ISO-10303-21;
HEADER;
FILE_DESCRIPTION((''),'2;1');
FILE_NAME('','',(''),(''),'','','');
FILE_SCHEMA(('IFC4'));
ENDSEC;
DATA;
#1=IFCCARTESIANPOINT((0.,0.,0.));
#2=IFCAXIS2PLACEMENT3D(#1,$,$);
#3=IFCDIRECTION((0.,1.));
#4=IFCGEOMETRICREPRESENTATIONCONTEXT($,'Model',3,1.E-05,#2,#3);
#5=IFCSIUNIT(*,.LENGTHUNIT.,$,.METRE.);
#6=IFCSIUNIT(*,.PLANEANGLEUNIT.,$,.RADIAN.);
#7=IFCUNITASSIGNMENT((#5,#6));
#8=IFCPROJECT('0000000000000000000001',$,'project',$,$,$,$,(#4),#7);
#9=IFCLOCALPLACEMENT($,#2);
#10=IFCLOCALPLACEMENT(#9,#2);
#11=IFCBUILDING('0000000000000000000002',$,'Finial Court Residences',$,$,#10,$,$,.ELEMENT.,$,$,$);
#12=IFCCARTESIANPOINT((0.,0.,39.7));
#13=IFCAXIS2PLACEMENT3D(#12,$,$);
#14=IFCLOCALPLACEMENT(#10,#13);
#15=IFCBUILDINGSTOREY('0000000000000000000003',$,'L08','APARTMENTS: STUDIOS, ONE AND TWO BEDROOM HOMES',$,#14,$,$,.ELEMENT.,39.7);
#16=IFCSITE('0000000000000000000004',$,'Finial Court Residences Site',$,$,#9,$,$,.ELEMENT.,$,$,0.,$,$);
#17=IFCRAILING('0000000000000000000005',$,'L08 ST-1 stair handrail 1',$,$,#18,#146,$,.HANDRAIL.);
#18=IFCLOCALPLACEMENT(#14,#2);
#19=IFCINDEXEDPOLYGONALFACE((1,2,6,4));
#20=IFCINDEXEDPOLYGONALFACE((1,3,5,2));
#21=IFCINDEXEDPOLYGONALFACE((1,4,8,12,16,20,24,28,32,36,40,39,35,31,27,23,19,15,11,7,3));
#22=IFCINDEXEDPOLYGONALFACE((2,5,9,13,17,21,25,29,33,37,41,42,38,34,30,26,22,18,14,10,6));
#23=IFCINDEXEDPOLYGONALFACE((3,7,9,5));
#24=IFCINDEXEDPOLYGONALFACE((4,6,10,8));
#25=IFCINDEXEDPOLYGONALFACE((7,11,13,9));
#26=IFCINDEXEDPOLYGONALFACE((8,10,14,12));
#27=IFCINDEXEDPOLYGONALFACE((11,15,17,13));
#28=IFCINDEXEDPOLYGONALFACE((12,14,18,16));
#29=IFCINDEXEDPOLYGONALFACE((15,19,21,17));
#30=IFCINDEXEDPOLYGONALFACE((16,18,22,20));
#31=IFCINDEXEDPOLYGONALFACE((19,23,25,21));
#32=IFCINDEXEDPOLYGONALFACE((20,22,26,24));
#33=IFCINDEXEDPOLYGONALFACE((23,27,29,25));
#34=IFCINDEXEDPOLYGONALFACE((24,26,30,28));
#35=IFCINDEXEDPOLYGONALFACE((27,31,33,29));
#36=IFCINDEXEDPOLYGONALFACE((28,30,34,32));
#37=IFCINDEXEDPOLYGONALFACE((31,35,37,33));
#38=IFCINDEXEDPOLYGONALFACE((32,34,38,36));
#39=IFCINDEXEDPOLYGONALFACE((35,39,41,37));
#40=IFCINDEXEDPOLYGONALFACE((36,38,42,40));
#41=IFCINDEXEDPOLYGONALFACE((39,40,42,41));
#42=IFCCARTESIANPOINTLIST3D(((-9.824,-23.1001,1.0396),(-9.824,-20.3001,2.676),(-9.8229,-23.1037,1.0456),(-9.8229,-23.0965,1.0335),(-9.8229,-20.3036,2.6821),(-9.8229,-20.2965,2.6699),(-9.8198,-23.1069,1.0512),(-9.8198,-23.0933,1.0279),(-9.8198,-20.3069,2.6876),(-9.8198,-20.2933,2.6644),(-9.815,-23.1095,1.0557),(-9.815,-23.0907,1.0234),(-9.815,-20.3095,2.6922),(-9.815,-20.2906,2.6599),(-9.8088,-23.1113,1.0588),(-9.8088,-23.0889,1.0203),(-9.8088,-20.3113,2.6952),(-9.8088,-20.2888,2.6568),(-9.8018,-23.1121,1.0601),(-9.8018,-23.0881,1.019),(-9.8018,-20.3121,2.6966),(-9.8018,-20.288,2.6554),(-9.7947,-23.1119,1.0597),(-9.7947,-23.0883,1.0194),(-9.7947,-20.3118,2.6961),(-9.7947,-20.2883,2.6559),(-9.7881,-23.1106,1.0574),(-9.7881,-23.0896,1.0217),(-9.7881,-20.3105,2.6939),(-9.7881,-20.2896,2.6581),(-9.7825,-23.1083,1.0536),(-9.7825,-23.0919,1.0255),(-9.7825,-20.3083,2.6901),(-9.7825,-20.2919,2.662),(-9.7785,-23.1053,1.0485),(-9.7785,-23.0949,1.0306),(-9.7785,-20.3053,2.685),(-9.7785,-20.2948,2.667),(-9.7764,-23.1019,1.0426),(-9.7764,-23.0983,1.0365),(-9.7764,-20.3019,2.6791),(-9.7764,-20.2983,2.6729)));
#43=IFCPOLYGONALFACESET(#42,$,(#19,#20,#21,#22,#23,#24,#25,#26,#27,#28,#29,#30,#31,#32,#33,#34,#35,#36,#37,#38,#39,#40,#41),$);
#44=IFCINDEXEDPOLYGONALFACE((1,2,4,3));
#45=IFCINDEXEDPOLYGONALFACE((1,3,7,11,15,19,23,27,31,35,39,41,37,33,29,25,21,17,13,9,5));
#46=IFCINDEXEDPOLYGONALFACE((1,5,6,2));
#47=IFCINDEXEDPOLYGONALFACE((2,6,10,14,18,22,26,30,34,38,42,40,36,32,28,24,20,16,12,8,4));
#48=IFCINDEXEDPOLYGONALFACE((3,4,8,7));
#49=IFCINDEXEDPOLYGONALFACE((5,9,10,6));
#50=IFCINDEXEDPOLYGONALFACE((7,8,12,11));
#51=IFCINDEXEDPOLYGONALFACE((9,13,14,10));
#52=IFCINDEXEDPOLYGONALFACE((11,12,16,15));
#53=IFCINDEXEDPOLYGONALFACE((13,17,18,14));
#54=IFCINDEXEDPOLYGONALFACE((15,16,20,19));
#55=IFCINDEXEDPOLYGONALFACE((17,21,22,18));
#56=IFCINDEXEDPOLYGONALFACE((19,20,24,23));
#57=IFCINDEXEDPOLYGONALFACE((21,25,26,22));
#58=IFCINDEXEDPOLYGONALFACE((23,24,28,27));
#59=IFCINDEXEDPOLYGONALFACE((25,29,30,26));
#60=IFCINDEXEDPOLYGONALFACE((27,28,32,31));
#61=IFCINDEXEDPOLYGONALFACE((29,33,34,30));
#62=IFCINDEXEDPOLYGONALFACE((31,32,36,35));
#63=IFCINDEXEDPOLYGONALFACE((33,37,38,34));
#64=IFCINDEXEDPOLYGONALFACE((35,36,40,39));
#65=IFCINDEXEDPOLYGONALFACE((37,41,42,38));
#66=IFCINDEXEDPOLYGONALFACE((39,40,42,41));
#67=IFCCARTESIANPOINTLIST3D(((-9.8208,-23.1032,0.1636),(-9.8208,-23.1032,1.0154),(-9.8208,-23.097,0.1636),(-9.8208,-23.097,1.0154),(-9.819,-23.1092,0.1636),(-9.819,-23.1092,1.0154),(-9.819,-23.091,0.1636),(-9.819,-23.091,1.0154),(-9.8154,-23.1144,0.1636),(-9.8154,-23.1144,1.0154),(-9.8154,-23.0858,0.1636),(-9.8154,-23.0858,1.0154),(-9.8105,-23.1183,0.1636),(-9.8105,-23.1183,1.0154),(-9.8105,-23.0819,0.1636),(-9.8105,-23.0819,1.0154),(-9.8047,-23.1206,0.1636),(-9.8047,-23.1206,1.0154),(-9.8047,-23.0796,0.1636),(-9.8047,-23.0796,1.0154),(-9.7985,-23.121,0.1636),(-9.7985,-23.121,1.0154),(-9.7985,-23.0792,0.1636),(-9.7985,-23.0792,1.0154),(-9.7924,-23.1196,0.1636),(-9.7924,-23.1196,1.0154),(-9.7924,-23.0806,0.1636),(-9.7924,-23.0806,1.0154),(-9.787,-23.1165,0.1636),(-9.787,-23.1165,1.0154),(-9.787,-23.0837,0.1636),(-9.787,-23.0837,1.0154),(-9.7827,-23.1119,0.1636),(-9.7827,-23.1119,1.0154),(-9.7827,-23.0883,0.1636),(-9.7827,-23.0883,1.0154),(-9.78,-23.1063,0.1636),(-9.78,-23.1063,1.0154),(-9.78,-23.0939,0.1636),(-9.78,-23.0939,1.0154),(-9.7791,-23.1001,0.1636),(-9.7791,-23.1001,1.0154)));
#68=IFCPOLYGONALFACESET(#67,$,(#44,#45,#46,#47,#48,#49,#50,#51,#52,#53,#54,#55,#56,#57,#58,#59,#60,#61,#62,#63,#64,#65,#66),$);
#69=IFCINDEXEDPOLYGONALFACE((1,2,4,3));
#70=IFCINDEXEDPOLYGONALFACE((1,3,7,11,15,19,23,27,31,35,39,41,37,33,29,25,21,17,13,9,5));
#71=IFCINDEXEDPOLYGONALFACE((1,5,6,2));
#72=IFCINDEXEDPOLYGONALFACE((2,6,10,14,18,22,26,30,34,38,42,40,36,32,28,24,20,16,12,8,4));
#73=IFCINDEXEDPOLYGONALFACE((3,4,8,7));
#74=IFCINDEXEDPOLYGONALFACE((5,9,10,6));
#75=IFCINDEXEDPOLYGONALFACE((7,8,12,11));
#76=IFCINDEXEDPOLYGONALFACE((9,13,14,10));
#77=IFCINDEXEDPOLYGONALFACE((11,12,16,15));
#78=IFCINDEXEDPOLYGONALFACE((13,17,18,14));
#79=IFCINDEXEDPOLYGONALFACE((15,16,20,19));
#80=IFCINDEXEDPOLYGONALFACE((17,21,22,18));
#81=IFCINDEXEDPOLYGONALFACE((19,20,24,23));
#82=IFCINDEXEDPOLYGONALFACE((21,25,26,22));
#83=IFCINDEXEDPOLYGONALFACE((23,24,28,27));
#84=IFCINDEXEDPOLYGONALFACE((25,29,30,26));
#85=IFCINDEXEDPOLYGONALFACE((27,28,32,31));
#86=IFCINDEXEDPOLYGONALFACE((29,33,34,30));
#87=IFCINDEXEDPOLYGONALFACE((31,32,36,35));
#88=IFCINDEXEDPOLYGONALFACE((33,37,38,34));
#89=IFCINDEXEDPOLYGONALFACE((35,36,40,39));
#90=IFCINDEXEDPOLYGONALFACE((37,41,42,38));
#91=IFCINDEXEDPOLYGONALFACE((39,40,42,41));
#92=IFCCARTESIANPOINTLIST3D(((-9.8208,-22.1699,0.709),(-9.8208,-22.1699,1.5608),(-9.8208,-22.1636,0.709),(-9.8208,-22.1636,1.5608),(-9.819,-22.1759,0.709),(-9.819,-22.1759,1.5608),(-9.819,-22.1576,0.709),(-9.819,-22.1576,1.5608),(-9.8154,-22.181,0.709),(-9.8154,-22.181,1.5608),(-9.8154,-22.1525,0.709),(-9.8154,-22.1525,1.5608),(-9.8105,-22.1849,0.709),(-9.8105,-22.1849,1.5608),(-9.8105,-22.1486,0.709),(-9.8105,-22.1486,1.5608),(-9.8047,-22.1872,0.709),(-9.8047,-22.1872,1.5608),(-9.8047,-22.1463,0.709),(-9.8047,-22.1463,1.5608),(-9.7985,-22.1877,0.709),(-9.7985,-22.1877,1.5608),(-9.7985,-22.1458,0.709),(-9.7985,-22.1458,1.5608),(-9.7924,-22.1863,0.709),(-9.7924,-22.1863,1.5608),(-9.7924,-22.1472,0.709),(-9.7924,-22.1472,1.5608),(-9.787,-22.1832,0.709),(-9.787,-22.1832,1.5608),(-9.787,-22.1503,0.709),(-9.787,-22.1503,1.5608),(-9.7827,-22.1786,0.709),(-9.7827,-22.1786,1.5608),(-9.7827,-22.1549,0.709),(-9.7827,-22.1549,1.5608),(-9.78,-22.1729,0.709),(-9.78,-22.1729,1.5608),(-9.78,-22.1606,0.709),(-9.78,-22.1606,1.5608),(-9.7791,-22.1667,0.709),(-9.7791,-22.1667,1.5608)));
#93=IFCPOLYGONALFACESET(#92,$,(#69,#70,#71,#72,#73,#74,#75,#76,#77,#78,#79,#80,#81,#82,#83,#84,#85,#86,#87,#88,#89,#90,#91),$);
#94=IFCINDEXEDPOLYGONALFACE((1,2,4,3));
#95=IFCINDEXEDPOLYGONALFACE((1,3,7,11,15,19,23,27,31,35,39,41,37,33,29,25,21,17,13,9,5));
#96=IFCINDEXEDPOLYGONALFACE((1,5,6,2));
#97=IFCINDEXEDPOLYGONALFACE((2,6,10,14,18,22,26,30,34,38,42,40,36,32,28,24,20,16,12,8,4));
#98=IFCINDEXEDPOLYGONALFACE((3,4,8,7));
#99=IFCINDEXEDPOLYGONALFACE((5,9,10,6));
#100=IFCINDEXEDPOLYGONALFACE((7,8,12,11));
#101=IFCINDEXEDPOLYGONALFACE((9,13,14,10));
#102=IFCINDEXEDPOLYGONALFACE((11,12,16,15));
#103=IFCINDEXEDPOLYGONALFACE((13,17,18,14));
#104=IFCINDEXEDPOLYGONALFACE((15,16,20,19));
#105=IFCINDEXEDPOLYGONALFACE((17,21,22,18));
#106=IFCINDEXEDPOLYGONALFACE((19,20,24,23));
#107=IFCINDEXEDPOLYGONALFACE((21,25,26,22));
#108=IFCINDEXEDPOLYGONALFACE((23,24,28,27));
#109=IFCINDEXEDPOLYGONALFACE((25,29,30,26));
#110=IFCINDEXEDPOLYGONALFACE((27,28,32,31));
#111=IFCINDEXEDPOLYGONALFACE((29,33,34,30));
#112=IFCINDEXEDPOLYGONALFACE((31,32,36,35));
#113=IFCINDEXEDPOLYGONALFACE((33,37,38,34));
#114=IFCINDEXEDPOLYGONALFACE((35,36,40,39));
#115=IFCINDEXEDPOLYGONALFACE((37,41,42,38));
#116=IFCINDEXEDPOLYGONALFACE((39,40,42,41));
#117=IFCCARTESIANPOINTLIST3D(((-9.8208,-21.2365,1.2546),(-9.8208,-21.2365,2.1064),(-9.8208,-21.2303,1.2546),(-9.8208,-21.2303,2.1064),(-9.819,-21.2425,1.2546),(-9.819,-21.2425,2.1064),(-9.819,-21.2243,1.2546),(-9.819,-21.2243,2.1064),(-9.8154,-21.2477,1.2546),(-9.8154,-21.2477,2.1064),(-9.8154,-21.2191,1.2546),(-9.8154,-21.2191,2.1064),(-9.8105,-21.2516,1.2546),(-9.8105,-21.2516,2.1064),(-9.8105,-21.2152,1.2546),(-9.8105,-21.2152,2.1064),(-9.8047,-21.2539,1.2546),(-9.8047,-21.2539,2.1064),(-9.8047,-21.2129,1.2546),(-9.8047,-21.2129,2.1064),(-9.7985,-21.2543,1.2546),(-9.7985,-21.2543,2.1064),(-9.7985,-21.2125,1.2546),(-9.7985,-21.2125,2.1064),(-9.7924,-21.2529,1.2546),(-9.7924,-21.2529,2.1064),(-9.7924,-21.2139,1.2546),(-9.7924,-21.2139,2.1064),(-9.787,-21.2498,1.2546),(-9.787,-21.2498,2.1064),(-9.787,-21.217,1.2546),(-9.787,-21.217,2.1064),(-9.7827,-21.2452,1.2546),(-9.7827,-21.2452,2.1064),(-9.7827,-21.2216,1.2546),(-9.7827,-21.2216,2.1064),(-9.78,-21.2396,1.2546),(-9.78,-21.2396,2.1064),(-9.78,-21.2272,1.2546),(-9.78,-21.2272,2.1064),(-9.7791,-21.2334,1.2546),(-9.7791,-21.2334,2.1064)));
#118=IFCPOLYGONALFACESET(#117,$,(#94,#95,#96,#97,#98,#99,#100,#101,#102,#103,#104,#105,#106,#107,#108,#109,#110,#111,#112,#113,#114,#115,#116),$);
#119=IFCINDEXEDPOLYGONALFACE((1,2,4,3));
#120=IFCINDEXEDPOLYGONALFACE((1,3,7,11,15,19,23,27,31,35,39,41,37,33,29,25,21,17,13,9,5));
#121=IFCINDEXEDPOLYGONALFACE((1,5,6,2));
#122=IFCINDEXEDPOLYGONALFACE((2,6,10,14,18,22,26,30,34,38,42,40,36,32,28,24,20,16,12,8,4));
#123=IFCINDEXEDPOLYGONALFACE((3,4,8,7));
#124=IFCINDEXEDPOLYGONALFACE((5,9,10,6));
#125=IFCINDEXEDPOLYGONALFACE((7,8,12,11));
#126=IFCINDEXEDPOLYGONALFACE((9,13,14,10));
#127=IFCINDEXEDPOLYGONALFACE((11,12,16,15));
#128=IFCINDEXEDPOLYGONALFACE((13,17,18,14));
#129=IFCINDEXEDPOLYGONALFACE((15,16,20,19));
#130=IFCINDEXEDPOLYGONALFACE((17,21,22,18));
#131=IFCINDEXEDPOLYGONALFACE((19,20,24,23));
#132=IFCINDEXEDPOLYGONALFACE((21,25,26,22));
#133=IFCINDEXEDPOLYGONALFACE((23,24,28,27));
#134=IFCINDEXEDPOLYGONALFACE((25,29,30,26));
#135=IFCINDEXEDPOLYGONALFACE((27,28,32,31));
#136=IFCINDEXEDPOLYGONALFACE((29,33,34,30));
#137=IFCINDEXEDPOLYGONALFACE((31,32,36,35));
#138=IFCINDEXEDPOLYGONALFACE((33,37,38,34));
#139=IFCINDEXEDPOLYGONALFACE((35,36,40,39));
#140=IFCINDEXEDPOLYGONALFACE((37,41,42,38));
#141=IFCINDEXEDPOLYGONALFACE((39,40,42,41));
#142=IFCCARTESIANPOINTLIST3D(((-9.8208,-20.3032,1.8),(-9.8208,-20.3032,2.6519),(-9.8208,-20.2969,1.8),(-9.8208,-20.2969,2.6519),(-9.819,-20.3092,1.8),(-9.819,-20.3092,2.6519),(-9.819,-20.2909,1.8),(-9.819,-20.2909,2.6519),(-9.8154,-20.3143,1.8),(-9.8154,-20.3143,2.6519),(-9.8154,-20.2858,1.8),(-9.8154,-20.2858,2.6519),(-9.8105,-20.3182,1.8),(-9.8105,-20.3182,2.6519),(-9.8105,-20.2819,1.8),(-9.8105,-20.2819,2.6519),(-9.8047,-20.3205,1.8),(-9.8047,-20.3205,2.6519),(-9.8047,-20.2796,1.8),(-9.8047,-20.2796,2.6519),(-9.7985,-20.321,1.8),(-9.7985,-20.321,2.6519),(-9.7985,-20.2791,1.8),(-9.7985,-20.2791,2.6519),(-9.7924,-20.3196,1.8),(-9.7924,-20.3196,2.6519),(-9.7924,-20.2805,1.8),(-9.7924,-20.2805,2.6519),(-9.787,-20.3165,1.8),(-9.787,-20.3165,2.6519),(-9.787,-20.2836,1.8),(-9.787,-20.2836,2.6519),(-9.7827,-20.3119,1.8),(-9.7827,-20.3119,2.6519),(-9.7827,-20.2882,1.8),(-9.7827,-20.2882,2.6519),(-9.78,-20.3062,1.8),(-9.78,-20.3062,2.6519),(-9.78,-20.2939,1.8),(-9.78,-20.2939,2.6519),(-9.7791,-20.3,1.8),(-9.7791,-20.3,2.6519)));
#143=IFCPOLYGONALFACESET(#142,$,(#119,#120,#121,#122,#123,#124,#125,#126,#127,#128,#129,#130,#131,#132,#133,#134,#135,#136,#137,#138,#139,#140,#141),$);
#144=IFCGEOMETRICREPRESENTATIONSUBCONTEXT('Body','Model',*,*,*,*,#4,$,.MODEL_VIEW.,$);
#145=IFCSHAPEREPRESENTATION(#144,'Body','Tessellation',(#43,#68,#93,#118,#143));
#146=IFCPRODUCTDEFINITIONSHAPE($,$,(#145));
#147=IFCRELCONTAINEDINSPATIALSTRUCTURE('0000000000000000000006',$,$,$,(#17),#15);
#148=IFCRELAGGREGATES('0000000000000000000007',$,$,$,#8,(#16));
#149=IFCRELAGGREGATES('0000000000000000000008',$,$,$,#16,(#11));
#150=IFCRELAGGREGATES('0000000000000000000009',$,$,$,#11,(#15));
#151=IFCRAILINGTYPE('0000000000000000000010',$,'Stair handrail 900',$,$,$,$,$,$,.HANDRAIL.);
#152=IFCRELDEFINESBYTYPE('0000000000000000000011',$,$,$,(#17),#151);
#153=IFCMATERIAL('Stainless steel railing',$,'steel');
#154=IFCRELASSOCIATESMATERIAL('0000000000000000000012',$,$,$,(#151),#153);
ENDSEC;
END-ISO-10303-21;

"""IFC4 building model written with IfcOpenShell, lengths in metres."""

from ifc_helpers import new_model, si_unit, direction, frame, origin, origin_2d, place, context, subcontext, project, spatial, circle, extrude, material, type_object, element, save


model = new_model("IFC4")

# Units and contexts
model_context = context("Model", 3, precision=1e-05, world=origin(), true_north=direction((0.0, 1.0)))
body_context = subcontext(model_context, "Body", "Model", "MODEL_VIEW")
ifc_project = project(units=[si_unit("LENGTHUNIT", "METRE"), si_unit("PLANEANGLEUNIT", "RADIAN")], contexts=[model_context])

# Site, building, storey
site_placement = place(None, origin())
site = spatial("IfcSite", under=ifc_project, at=site_placement, Name="Finial Court Residences Site", CompositionType="ELEMENT", RefElevation=0.0)
building_placement = place(site_placement, origin())
building = spatial("IfcBuilding", under=site, at=building_placement, Name="Finial Court Residences", CompositionType="ELEMENT")
storey_placement = place(building_placement, frame((0.0, 0.0, 39.7)))
storey = spatial("IfcBuildingStorey", under=building, at=storey_placement, Name="L08", Description="APARTMENTS: STUDIOS, ONE AND TWO BEDROOM HOMES", CompositionType="ELEMENT", Elevation=39.7)

# Railing
ifc_material_1 = material(Name="Stainless steel railing", Category="steel")
railing_type = type_object("IfcRailingType", Name="Stair handrail 900", PredefinedType="HANDRAIL", material=ifc_material_1)
railing_placement = place(storey_placement, frame((-9.8, -23.1001, 0.1636)))
element("IfcRailing", 1, at=railing_placement, inside=storey, type_object=railing_type, Name="L08 ST-1 stair handrail 1", PredefinedType="HANDRAIL", context=body_context, shape_type="SweptSolid", body=[
    extrude(circle(Radius=0.0239, at=origin_2d()), frame((0.0, 0.0, 0.876), z_axis=(0.0, 0.863361, 0.504587), x_axis=(-1.0, 0.0, 0.0)), (0.0, 0.0, 1.0), 3.2432),
    extrude(circle(Radius=0.021, at=origin_2d()), origin(), (0.0, 0.0, 1.0), 0.8518),
    extrude(circle(Radius=0.021, at=origin_2d()), frame((0.0, 0.9333, 0.5454)), (0.0, 0.0, 1.0), 0.8518),
    extrude(circle(Radius=0.021, at=origin_2d()), frame((0.0, 1.8667, 1.0911)), (0.0, 0.0, 1.0), 0.8518),
    extrude(circle(Radius=0.021, at=origin_2d()), frame((0.0, 2.8, 1.6365)), (0.0, 0.0, 1.0), 0.8518),
])

save(model, "model.ifc")
